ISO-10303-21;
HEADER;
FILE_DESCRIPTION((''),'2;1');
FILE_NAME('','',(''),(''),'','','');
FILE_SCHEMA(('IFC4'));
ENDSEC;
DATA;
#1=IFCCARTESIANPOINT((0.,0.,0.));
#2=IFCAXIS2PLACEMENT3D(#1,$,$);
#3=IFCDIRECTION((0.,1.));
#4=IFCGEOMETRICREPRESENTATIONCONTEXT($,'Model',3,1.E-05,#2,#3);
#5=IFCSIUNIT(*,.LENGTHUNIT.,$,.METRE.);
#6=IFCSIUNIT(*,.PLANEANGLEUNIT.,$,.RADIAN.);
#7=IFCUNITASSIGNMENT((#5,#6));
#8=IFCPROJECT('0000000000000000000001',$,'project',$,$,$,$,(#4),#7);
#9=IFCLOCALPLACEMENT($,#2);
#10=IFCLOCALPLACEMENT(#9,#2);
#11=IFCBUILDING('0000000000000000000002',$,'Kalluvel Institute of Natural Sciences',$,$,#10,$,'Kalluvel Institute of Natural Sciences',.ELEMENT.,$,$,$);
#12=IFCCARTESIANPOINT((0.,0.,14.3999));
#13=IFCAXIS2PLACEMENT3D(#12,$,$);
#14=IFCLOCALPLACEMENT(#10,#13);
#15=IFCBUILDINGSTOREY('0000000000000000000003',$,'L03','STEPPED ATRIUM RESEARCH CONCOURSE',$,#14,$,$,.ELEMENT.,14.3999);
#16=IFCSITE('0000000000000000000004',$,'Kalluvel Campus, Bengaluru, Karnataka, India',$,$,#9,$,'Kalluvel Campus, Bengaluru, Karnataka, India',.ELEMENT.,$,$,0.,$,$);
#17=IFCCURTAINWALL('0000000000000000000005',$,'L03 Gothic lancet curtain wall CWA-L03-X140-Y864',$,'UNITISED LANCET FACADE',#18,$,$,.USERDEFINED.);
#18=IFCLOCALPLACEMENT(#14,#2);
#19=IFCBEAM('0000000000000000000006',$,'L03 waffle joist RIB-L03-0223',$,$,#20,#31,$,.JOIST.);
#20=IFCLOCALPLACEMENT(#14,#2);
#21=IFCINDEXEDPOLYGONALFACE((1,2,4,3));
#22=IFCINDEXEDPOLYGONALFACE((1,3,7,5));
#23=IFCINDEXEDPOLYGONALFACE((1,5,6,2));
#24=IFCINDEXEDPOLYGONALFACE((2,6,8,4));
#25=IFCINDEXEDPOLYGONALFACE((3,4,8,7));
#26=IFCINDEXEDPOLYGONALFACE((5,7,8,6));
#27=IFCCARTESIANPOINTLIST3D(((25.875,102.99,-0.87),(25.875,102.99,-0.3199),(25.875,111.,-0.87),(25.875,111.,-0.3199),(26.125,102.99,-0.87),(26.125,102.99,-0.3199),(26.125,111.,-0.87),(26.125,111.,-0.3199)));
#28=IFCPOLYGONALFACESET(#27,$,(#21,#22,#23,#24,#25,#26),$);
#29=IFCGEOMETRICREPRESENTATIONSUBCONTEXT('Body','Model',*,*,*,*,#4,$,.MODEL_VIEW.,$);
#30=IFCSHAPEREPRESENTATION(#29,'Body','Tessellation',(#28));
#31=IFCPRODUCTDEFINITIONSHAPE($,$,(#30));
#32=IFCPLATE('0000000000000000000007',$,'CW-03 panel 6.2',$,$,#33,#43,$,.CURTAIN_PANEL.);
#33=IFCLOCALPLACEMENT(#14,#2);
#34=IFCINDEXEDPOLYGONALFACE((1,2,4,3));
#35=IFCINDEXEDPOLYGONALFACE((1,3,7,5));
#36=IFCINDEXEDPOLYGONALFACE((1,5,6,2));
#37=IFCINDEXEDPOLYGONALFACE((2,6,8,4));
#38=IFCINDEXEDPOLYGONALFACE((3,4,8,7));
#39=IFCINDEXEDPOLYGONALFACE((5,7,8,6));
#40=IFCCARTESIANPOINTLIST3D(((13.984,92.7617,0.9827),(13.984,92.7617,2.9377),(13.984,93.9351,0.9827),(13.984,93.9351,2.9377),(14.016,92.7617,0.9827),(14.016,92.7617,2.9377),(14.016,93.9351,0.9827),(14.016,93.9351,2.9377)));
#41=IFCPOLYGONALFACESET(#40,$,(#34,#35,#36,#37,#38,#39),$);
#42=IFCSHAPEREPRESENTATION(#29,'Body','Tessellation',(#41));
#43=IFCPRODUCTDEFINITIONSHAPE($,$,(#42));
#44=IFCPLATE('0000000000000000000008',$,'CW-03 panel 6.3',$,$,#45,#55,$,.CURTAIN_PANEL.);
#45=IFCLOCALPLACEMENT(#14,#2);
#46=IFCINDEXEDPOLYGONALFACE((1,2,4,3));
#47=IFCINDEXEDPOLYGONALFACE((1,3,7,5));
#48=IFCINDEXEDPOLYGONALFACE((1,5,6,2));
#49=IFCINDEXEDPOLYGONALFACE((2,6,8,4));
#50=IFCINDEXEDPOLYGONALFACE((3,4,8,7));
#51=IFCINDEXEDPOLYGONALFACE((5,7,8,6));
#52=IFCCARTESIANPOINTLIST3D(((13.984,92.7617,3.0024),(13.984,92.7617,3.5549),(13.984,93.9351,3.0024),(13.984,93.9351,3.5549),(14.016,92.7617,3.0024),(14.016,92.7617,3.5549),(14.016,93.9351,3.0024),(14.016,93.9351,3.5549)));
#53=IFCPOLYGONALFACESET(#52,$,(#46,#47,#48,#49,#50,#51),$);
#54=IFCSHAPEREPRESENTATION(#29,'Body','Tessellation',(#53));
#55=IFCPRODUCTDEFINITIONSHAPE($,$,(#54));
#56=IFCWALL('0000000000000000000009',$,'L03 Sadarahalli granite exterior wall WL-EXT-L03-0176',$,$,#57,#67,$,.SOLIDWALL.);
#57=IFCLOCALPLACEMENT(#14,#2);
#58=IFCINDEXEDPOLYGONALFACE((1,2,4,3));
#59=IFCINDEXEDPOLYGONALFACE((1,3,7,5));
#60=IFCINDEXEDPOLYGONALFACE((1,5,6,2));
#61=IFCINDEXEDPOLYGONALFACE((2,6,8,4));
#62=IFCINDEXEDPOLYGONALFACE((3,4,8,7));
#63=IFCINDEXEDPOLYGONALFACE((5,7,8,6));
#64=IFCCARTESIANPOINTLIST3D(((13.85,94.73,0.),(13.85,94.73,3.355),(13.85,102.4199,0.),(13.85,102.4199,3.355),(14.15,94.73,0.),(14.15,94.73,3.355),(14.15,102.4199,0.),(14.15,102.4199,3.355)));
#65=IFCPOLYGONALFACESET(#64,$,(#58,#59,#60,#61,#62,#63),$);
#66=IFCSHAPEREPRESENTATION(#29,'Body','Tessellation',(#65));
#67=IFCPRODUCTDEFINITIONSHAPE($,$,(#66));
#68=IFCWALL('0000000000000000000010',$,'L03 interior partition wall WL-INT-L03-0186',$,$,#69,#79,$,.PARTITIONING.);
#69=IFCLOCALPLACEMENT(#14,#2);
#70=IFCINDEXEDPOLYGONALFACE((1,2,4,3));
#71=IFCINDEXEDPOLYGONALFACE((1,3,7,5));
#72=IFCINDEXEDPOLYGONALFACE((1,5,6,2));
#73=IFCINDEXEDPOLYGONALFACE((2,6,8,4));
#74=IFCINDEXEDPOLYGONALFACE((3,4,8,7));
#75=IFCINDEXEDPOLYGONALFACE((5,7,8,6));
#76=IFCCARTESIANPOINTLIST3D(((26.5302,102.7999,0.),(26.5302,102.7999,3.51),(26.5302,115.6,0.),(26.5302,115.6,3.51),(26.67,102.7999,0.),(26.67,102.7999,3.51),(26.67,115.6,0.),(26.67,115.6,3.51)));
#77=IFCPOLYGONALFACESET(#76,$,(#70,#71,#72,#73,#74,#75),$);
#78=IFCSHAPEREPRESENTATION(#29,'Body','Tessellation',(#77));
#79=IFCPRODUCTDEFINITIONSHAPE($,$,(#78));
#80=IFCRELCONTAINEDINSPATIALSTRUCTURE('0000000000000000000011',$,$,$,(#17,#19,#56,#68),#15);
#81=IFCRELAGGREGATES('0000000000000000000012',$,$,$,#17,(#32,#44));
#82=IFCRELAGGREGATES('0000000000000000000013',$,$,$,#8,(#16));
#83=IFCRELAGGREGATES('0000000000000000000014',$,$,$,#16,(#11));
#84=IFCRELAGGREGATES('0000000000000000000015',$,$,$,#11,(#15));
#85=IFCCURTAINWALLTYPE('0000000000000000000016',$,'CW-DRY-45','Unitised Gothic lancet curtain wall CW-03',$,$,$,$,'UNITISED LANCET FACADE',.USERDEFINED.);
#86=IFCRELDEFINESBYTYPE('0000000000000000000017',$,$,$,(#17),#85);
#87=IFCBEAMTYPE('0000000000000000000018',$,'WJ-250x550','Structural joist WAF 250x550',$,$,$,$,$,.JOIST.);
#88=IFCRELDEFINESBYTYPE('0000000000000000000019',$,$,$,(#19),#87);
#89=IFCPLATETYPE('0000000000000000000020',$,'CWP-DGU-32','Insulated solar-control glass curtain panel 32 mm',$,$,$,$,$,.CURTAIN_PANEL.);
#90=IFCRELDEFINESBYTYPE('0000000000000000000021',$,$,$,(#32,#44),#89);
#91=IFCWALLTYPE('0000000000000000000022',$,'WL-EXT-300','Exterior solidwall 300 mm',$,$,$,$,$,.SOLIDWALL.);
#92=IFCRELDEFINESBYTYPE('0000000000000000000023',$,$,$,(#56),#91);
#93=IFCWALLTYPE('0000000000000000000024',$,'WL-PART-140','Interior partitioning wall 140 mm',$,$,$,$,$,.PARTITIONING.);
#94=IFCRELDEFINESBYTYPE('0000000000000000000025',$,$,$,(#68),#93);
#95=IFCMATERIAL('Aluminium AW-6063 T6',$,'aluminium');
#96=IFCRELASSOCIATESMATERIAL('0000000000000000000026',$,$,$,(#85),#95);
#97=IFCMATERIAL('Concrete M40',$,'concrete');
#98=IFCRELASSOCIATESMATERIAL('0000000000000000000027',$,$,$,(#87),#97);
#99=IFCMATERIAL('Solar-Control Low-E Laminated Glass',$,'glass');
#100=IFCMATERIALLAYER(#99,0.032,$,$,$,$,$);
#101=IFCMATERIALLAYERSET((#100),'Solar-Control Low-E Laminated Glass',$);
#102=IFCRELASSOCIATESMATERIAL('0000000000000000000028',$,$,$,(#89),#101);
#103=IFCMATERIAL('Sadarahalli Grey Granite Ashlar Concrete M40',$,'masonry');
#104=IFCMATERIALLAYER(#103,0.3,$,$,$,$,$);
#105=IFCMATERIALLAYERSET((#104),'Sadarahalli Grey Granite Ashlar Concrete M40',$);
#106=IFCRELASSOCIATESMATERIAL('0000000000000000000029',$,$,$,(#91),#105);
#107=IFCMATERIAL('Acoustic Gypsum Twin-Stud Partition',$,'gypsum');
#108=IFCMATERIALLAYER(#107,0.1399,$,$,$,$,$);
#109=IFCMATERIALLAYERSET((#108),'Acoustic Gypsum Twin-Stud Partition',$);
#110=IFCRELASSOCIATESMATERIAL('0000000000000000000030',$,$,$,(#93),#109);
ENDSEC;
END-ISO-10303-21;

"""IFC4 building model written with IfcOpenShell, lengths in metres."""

from ifc_helpers import new_model, si_unit, direction, frame, frame_2d, origin, origin_2d, place, context, subcontext, project, spatial, rectangle, extrude, material, layer, layer_set, material_profile, profile_set, type_object, element, aggregate, save


model = new_model("IFC4")

# Units and contexts
model_context = context("Model", 3, precision=1e-05, world=origin(), true_north=direction((0.0, 1.0)))
body_context = subcontext(model_context, "Body", "Model", "MODEL_VIEW")
ifc_project = project(units=[si_unit("LENGTHUNIT", "METRE"), si_unit("PLANEANGLEUNIT", "RADIAN")], contexts=[model_context])

# Site, building, storey
site_placement = place(None, origin())
site = spatial("IfcSite", under=ifc_project, at=site_placement, Name="Kalluvel Campus, Bengaluru, Karnataka, India", LongName="Kalluvel Campus, Bengaluru, Karnataka, India", CompositionType="ELEMENT", RefElevation=0.0)
building_placement = place(site_placement, origin())
building = spatial("IfcBuilding", under=site, at=building_placement, Name="Kalluvel Institute of Natural Sciences", LongName="Kalluvel Institute of Natural Sciences", CompositionType="ELEMENT")
storey_placement = place(building_placement, frame((0.0, 0.0, 14.3999)))
storey = spatial("IfcBuildingStorey", under=building, at=storey_placement, Name="L03", Description="STEPPED ATRIUM RESEARCH CONCOURSE", CompositionType="ELEMENT", Elevation=14.3999)

# Shared definitions
ifc_material_1 = material(Name="Concrete M40", Category="concrete")

# Curtain wall
ifc_material_2 = material(Name="Aluminium AW-6063 T6", Category="aluminium")
curtain_wall_type = type_object("IfcCurtainWallType", Name="CW-DRY-45", Description="Unitised Gothic lancet curtain wall CW-03", ElementType="UNITISED LANCET FACADE", PredefinedType="USERDEFINED", material=ifc_material_2)
curtain_wall_placement = place(storey_placement, origin())
curtain_wall = element("IfcCurtainWall", 1, at=curtain_wall_placement, inside=storey, type_object=curtain_wall_type, Name="L03 Gothic lancet curtain wall CWA-L03-X140-Y864", ObjectType="UNITISED LANCET FACADE", PredefinedType="USERDEFINED")

# Beam
ifc_material_profile_1 = material_profile(ifc_material_1, rectangle(XDim=0.25, YDim=0.55, at=origin_2d()), Name="WAF 250x550")
ifc_profile_set_1 = profile_set([ifc_material_profile_1], Name="Concrete M40")
beam_type_1 = type_object("IfcBeamType", Name="WJ-250x550", Description="Structural joist WAF 250x550", PredefinedType="JOIST", material=ifc_profile_set_1)
beam_1_placement = place(storey_placement, frame((26.0, 102.99, -0.595), z_axis=(0.0, 1.0, 0.0), x_axis=(-1.0, 0.0, 0.0)))
element("IfcBeam", 2, at=beam_1_placement, inside=storey, type_object=beam_type_1, Name="L03 waffle joist RIB-L03-0223", PredefinedType="JOIST", context=body_context, shape_type="SweptSolid", body=[
    extrude(rectangle(XDim=0.25, YDim=0.55, at=origin_2d()), origin(), (0.0, 0.0, 1.0), 8.01),
])

# Plates
ifc_material_3 = material(Name="Solar-Control Low-E Laminated Glass", Category="glass")
ifc_layer_1 = layer(ifc_material_3, 0.032)
ifc_layer_set_1 = layer_set([ifc_layer_1], Name="Solar-Control Low-E Laminated Glass")
plate_type = type_object("IfcPlateType", Name="CWP-DGU-32", Description="Insulated solar-control glass curtain panel 32 mm", PredefinedType="CURTAIN_PANEL", material=ifc_layer_set_1)
plate_1_placement = place(storey_placement, frame((14.0, 93.3484, 0.9827), z_axis=(0.0, 0.0, 1.0), x_axis=(0.0, 1.0, 0.0)))
plate_1 = element("IfcPlate", 3, at=plate_1_placement, type_object=plate_type, Name="CW-03 panel 6.2", PredefinedType="CURTAIN_PANEL", context=body_context, shape_type="SweptSolid", body=[
    extrude(rectangle(XDim=1.1733, YDim=0.032, at=origin_2d()), origin(), (0.0, 0.0, 1.0), 1.9551),
])
plate_2_placement = place(storey_placement, frame((14.0, 93.3484, 3.0024), z_axis=(0.0, 0.0, 1.0), x_axis=(0.0, 1.0, 0.0)))
plate_2 = element("IfcPlate", 4, at=plate_2_placement, type_object=plate_type, Name="CW-03 panel 6.3", PredefinedType="CURTAIN_PANEL", context=body_context, shape_type="SweptSolid", body=[
    extrude(rectangle(XDim=1.1733, YDim=0.032, at=origin_2d()), origin(), (0.0, 0.0, 1.0), 0.5525),
])
aggregate(curtain_wall, [plate_1, plate_2])

# Walls
ifc_material_4 = material(Name="Sadarahalli Grey Granite Ashlar Concrete M40", Category="masonry")
ifc_layer_2 = layer(ifc_material_4, 0.3)
ifc_layer_set_2 = layer_set([ifc_layer_2], Name="Sadarahalli Grey Granite Ashlar Concrete M40")
wall_type_1 = type_object("IfcWallType", Name="WL-EXT-300", Description="Exterior solidwall 300 mm", PredefinedType="SOLIDWALL", material=ifc_layer_set_2)
wall_1_placement = place(storey_placement, frame((14.0, 94.73, 0.0), z_axis=(0.0, 0.0, 1.0), x_axis=(0.0, 1.0, 0.0)))
element("IfcWall", 5, at=wall_1_placement, inside=storey, type_object=wall_type_1, Name="L03 Sadarahalli granite exterior wall WL-EXT-L03-0176", PredefinedType="SOLIDWALL", context=body_context, shape_type="SweptSolid", body=[
    extrude(rectangle(XDim=7.6899, YDim=0.3, at=frame_2d((3.845, 0.0))), origin(), (0.0, 0.0, 1.0), 3.355),
])
ifc_material_5 = material(Name="Acoustic Gypsum Twin-Stud Partition", Category="gypsum")
ifc_layer_3 = layer(ifc_material_5, 0.1399)
ifc_layer_set_3 = layer_set([ifc_layer_3], Name="Acoustic Gypsum Twin-Stud Partition")
wall_type_2 = type_object("IfcWallType", Name="WL-PART-140", Description="Interior partitioning wall 140 mm", PredefinedType="PARTITIONING", material=ifc_layer_set_3)
wall_2_placement = place(storey_placement, frame((26.6001, 102.8, 0.0), z_axis=(0.0, 0.0, 1.0), x_axis=(0.0, 1.0, 0.0)))
element("IfcWall", 6, at=wall_2_placement, inside=storey, type_object=wall_type_2, Name="L03 interior partition wall WL-INT-L03-0186", PredefinedType="PARTITIONING", context=body_context, shape_type="SweptSolid", body=[
    extrude(rectangle(XDim=12.8, YDim=0.1399, at=frame_2d((6.3999, 0.0))), origin(), (0.0, 0.0, 1.0), 3.51),
])

save(model, "model.ifc")
